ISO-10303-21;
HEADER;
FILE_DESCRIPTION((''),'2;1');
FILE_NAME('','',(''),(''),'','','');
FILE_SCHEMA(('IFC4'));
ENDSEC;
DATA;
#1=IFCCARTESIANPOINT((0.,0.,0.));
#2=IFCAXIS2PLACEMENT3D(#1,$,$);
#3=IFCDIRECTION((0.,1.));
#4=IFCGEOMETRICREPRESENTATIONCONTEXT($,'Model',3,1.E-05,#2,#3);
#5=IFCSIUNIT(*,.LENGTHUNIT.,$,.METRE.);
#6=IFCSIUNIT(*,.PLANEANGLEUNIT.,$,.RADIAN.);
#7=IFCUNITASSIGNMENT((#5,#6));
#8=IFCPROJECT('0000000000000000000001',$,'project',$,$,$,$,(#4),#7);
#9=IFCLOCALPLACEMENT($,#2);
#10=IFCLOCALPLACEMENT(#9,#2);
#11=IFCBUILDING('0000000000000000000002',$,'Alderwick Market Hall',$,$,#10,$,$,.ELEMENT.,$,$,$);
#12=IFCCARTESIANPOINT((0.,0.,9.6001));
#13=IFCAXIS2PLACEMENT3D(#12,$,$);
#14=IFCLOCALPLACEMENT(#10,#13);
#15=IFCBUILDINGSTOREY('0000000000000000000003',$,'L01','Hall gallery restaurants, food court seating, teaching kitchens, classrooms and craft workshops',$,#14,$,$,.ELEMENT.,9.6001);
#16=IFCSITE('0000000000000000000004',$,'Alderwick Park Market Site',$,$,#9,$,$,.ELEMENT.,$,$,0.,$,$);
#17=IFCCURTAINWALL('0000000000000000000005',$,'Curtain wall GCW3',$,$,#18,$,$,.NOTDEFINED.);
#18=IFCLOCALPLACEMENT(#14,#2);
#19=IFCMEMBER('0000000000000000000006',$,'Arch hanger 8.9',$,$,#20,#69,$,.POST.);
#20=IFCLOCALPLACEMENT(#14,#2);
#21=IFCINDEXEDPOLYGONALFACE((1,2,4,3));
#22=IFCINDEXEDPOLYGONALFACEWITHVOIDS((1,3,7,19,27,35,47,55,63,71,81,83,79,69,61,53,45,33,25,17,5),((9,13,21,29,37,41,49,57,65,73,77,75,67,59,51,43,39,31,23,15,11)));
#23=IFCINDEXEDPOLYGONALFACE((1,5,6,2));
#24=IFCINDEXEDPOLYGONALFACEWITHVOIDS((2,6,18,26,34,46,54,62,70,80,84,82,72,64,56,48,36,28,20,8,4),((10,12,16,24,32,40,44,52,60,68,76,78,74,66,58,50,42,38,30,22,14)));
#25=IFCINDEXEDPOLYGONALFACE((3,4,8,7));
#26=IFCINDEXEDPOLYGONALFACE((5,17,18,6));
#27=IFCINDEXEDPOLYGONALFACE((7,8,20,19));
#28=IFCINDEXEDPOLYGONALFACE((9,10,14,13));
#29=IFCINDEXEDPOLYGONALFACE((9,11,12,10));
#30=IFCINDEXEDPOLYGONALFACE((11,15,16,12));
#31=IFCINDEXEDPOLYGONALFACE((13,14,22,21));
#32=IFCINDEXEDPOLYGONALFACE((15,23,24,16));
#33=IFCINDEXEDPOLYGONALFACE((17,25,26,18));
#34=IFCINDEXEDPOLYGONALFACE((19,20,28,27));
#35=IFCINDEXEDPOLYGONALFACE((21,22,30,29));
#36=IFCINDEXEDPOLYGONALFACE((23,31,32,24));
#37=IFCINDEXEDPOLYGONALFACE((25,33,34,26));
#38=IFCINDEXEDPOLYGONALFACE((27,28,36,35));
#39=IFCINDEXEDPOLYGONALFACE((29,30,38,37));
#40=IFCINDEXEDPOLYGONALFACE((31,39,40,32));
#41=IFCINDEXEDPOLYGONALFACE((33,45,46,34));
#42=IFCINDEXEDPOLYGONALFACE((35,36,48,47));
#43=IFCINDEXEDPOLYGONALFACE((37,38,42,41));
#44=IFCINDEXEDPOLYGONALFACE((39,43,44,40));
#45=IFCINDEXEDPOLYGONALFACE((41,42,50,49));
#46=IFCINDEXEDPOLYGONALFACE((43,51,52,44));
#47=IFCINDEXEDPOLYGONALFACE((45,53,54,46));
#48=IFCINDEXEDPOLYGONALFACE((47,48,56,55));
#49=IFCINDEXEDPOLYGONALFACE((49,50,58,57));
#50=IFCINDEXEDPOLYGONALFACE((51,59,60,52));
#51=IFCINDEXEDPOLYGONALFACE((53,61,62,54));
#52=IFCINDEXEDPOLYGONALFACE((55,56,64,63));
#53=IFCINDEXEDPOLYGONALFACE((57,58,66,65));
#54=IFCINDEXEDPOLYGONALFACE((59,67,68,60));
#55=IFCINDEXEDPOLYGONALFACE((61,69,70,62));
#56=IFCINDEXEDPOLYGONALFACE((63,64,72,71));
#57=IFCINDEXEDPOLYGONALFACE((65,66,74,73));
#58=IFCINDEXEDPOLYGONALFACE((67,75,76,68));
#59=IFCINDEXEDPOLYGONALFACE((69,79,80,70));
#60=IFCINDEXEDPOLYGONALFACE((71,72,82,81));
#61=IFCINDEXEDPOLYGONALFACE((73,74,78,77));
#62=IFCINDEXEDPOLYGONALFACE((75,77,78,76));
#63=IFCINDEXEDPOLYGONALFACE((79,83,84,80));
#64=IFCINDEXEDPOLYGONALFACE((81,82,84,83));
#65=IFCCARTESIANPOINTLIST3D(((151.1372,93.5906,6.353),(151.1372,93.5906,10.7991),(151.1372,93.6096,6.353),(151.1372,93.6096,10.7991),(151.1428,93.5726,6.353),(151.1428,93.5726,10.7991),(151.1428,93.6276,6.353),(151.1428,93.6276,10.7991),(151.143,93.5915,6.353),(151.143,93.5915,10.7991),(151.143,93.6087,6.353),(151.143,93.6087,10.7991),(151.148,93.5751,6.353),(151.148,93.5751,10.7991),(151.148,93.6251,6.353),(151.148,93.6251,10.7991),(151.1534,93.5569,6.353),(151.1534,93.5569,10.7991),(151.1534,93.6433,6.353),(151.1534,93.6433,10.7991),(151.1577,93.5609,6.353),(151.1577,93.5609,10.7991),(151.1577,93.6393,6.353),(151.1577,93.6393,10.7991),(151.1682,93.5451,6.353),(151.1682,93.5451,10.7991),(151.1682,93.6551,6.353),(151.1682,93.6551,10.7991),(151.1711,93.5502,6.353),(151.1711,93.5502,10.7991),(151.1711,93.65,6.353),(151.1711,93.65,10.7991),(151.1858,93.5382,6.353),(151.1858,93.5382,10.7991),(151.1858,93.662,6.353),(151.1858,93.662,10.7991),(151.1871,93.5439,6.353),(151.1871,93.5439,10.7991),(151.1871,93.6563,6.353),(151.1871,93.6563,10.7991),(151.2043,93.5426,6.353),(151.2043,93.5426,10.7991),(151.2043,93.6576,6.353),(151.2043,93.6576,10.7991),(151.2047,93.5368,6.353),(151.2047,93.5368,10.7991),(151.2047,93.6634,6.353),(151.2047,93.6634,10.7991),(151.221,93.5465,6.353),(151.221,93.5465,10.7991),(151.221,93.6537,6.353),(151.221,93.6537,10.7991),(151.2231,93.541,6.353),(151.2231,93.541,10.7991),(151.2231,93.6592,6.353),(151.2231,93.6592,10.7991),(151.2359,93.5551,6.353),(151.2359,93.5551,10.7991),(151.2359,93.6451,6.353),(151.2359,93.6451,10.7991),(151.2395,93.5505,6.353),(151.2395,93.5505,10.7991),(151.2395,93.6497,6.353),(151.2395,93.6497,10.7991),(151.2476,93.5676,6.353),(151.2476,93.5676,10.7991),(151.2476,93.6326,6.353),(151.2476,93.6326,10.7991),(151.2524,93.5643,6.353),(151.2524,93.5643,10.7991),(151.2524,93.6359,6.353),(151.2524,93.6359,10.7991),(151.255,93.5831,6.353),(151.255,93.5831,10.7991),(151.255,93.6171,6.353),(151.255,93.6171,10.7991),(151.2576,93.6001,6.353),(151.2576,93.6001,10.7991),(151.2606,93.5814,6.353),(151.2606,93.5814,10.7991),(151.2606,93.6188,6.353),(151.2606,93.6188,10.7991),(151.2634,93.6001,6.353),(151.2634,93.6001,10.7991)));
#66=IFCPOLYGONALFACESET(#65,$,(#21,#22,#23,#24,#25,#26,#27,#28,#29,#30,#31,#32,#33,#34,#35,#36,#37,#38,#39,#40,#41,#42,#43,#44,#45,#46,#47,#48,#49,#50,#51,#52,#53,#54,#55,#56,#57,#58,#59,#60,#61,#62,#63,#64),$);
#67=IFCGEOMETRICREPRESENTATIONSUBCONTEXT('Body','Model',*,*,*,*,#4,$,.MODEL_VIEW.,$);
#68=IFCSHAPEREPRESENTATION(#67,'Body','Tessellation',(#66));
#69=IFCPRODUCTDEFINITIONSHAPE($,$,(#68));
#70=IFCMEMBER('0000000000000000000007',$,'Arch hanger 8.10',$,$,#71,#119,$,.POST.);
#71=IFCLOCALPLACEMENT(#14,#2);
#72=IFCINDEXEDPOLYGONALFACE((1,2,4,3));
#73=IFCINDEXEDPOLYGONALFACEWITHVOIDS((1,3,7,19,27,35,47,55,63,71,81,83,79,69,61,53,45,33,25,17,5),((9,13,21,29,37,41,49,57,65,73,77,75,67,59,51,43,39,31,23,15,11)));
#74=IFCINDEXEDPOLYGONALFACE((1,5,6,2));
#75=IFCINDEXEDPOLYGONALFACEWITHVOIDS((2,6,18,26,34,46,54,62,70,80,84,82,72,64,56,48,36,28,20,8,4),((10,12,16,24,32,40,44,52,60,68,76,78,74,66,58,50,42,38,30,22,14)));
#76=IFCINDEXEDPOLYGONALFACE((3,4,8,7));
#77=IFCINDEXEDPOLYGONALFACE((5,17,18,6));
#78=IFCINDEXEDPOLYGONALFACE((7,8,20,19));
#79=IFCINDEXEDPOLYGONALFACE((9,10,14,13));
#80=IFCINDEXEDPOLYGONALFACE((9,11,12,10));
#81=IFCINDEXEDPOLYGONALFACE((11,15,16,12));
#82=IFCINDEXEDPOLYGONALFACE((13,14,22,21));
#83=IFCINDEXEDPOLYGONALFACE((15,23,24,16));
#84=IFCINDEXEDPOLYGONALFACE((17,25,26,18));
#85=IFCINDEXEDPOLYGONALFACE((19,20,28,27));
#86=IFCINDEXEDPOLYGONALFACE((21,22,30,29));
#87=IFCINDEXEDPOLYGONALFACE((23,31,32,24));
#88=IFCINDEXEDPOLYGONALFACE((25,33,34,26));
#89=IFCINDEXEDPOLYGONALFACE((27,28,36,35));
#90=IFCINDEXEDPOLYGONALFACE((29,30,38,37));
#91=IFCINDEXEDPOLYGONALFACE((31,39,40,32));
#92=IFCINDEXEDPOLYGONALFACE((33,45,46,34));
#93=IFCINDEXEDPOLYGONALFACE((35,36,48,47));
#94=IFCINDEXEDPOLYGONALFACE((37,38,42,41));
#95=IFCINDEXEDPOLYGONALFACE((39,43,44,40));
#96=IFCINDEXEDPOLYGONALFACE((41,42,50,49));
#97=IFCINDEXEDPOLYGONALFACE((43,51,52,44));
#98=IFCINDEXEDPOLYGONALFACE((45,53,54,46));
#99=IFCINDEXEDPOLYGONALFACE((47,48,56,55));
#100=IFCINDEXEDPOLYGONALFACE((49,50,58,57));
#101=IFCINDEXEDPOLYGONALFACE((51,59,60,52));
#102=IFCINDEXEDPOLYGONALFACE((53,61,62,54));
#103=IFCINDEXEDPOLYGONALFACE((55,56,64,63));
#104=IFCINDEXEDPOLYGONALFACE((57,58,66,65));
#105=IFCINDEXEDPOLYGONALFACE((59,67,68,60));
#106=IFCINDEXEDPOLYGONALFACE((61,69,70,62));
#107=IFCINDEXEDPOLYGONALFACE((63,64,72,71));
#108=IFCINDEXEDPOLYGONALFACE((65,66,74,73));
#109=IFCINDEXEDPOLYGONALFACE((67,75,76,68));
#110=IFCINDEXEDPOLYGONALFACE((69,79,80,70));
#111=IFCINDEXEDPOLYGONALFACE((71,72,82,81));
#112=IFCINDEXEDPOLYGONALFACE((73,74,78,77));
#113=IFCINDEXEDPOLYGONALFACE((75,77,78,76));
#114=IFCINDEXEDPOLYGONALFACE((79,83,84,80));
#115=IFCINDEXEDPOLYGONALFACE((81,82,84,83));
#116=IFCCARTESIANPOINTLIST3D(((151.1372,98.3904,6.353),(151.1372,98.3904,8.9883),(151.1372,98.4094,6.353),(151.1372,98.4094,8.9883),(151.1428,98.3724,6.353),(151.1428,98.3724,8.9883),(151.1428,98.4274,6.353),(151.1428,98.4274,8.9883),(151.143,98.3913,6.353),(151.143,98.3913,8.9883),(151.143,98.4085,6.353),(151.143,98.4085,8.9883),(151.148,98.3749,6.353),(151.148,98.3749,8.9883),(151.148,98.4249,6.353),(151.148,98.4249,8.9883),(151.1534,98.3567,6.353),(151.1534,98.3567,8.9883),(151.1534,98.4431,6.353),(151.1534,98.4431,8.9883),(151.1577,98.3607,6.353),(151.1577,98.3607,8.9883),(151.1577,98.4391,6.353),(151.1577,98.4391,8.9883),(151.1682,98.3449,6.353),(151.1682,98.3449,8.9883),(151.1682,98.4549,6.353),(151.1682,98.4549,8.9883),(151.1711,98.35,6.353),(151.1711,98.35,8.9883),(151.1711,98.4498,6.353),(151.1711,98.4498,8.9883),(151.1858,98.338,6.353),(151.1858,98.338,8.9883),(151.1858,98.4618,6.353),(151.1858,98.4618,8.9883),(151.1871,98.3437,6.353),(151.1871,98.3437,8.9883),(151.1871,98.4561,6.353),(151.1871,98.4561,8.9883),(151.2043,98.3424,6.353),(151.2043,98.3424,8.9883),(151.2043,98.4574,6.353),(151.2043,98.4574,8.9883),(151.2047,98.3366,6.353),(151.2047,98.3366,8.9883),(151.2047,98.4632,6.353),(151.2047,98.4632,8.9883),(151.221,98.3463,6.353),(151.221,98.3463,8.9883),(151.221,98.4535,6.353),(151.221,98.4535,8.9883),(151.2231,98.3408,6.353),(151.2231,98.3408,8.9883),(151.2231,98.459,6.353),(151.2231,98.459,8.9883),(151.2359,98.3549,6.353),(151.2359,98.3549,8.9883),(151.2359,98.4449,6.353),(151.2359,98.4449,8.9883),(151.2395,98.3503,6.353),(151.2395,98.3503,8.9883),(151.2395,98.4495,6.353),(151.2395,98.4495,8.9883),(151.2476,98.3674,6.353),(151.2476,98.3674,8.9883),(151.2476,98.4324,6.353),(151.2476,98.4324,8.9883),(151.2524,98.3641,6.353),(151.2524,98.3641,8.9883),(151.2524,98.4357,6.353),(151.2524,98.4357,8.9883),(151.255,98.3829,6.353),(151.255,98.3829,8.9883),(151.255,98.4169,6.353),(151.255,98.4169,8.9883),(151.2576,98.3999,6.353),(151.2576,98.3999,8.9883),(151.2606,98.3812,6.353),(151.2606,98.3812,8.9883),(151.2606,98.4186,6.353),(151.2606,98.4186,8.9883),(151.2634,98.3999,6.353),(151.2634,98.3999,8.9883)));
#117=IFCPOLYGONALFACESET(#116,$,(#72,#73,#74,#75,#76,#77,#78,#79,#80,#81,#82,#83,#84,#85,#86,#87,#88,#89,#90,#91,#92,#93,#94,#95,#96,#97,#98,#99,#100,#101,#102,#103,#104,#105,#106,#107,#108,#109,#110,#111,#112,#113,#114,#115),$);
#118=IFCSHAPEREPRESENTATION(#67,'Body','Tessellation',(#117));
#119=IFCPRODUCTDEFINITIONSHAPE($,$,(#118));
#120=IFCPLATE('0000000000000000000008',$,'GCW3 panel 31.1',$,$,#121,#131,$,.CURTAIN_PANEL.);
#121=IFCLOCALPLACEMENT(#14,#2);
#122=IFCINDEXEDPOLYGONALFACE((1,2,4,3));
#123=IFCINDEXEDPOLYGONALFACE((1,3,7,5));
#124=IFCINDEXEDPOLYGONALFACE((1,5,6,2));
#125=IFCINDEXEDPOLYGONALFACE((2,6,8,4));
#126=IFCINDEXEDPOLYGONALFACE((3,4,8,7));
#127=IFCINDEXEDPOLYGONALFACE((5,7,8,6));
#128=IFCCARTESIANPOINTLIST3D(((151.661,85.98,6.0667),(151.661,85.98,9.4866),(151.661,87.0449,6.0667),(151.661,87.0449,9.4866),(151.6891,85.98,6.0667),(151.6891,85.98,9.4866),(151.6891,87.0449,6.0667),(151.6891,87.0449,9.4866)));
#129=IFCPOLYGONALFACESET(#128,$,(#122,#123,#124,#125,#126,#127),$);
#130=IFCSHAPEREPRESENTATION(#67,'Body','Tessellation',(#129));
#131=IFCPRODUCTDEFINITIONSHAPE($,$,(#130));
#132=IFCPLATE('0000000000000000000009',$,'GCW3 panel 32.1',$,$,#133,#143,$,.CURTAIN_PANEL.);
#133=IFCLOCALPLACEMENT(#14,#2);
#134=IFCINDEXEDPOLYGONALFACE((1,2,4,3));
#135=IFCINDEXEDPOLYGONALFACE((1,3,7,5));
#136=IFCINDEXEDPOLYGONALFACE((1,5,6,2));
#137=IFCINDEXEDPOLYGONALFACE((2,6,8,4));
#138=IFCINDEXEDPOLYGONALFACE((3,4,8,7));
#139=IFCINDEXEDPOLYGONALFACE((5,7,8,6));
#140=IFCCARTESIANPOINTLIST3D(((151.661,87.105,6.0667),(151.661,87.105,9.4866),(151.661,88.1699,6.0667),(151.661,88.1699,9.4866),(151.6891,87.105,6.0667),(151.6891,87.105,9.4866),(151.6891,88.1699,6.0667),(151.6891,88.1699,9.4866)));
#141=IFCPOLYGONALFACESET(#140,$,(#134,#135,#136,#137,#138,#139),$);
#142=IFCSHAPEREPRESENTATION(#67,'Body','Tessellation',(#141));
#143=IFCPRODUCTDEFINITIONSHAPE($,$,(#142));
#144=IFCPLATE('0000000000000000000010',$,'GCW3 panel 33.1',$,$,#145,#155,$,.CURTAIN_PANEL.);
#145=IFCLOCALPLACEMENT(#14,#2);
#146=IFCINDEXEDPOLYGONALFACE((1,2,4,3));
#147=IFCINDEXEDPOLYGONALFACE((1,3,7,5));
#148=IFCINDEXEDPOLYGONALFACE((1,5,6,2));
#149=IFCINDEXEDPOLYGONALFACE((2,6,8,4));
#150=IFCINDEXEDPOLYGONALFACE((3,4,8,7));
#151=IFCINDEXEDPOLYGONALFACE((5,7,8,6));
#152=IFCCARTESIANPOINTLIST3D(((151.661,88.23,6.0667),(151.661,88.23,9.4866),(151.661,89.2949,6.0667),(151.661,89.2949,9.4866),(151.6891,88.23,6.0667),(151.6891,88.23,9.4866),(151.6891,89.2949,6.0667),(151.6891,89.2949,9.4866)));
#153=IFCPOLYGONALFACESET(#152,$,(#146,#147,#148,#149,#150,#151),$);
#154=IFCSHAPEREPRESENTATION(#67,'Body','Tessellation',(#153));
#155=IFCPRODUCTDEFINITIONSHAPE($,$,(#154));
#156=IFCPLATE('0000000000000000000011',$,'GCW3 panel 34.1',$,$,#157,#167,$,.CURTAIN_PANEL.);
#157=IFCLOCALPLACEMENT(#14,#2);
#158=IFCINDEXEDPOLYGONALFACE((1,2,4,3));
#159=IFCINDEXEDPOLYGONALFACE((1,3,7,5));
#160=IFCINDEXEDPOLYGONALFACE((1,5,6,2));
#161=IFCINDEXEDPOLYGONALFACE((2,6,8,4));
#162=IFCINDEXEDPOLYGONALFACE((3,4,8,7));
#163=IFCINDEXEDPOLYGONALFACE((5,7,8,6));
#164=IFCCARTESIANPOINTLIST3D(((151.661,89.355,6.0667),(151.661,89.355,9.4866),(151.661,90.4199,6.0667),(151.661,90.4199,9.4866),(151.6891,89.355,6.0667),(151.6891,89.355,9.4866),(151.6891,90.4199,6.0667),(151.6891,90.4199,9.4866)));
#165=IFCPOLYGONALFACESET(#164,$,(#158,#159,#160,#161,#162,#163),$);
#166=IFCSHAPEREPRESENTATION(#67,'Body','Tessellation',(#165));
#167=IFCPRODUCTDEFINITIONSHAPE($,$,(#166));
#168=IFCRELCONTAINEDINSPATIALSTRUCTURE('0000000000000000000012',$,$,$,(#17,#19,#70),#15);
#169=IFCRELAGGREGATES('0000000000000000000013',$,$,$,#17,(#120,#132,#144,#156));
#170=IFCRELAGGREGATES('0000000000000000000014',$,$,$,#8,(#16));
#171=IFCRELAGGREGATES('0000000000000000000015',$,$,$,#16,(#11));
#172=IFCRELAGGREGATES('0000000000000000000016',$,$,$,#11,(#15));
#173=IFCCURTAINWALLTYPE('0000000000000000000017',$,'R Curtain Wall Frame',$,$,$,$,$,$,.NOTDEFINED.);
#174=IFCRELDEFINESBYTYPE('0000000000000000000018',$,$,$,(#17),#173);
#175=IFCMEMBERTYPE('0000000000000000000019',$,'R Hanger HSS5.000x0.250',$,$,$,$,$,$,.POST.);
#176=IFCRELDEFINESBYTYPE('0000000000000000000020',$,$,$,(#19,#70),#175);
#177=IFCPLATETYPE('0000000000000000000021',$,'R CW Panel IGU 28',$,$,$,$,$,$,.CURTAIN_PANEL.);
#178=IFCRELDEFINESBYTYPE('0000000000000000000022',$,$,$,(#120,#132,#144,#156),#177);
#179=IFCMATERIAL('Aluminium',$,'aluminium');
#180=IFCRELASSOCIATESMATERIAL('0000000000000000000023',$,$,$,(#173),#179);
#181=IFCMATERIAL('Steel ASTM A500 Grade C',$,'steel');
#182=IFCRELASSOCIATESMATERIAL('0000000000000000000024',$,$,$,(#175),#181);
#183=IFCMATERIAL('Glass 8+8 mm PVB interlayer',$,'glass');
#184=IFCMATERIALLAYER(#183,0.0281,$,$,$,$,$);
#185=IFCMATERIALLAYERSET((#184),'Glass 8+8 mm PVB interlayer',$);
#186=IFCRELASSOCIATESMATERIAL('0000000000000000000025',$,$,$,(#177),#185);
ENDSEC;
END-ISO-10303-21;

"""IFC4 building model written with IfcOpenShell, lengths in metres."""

from ifc_helpers import new_model, si_unit, direction, frame, origin, origin_2d, place, context, subcontext, project, spatial, rectangle, hollow_circle, extrude, material, layer, layer_set, material_profile, profile_set, type_object, element, aggregate, save


model = new_model("IFC4")

# Units and contexts
model_context = context("Model", 3, precision=1e-05, world=origin(), true_north=direction((0.0, 1.0)))
body_context = subcontext(model_context, "Body", "Model", "MODEL_VIEW")
ifc_project = project(units=[si_unit("LENGTHUNIT", "METRE"), si_unit("PLANEANGLEUNIT", "RADIAN")], contexts=[model_context])

# Site, building, storey
site_placement = place(None, origin())
site = spatial("IfcSite", under=ifc_project, at=site_placement, Name="Alderwick Park Market Site", CompositionType="ELEMENT", RefElevation=0.0)
building_placement = place(site_placement, origin())
building = spatial("IfcBuilding", under=site, at=building_placement, Name="Alderwick Market Hall", CompositionType="ELEMENT")
storey_placement = place(building_placement, frame((0.0, 0.0, 9.6001)))
storey = spatial("IfcBuildingStorey", under=building, at=storey_placement, Name="L01", Description="Hall gallery restaurants, food court seating, teaching kitchens, classrooms and craft workshops", CompositionType="ELEMENT", Elevation=9.6001)

# Shared definitions
ifc_material_1 = material(Name="Aluminium", Category="aluminium")
curtain_wall_type = type_object("IfcCurtainWallType", Name="R Curtain Wall Frame", PredefinedType="NOTDEFINED", material=ifc_material_1)

# Curtain wall
curtain_wall_1_placement = place(storey_placement, origin())
curtain_wall_1 = element("IfcCurtainWall", 1, at=curtain_wall_1_placement, inside=storey, type_object=curtain_wall_type, Name="Curtain wall GCW3", PredefinedType="NOTDEFINED")

# Members
ifc_material_2 = material(Name="Steel ASTM A500 Grade C", Category="steel")
ifc_material_profile_1 = material_profile(ifc_material_2, hollow_circle(Radius=0.0635, WallThickness=0.0059, at=origin_2d()), Name="HSS5.000x0.250")
ifc_profile_set_1 = profile_set([ifc_material_profile_1], Name="Steel ASTM A500 Grade C")
member_type_1 = type_object("IfcMemberType", Name="R Hanger HSS5.000x0.250", PredefinedType="POST", material=ifc_profile_set_1)
member_1_placement = place(storey_placement, frame((151.2, 93.6001, 6.353), z_axis=(0.0, 0.0, 1.0), x_axis=(1.0, 0.0, 0.0)))
element("IfcMember", 2, at=member_1_placement, inside=storey, type_object=member_type_1, Name="Arch hanger 8.9", PredefinedType="POST", context=body_context, shape_type="SweptSolid", body=[
    extrude(hollow_circle(Radius=0.0635, WallThickness=0.0059, at=origin_2d()), origin(), (0.0, 0.0, 1.0), 4.446),
])
member_2_placement = place(storey_placement, frame((151.2, 98.3999, 6.353), z_axis=(0.0, 0.0, 1.0), x_axis=(1.0, 0.0, 0.0)))
element("IfcMember", 3, at=member_2_placement, inside=storey, type_object=member_type_1, Name="Arch hanger 8.10", PredefinedType="POST", context=body_context, shape_type="SweptSolid", body=[
    extrude(hollow_circle(Radius=0.0635, WallThickness=0.0059, at=origin_2d()), origin(), (0.0, 0.0, 1.0), 2.6353),
])

# Plates
ifc_material_3 = material(Name="Glass 8+8 mm PVB interlayer", Category="glass")
ifc_layer_1 = layer(ifc_material_3, 0.0281)
ifc_layer_set_1 = layer_set([ifc_layer_1], Name="Glass 8+8 mm PVB interlayer")
plate_type = type_object("IfcPlateType", Name="R CW Panel IGU 28", PredefinedType="CURTAIN_PANEL", material=ifc_layer_set_1)
plate_1_placement = place(storey_placement, frame((151.675, 86.5125, 6.0667), z_axis=(0.0, 0.0, 1.0), x_axis=(1.0, 0.0, 0.0)))
plate_1 = element("IfcPlate", 4, at=plate_1_placement, type_object=plate_type, Name="GCW3 panel 31.1", PredefinedType="CURTAIN_PANEL", context=body_context, shape_type="SweptSolid", body=[
    extrude(rectangle(XDim=0.0281, YDim=1.0649, at=origin_2d()), origin(), (0.0, 0.0, 1.0), 3.4199),
])
plate_2_placement = place(storey_placement, frame((151.675, 87.6375, 6.0667), z_axis=(0.0, 0.0, 1.0), x_axis=(1.0, 0.0, 0.0)))
plate_2 = element("IfcPlate", 5, at=plate_2_placement, type_object=plate_type, Name="GCW3 panel 32.1", PredefinedType="CURTAIN_PANEL", context=body_context, shape_type="SweptSolid", body=[
    extrude(rectangle(XDim=0.0281, YDim=1.0649, at=origin_2d()), origin(), (0.0, 0.0, 1.0), 3.4199),
])
plate_3_placement = place(storey_placement, frame((151.675, 88.7625, 6.0667), z_axis=(0.0, 0.0, 1.0), x_axis=(1.0, 0.0, 0.0)))
plate_3 = element("IfcPlate", 6, at=plate_3_placement, type_object=plate_type, Name="GCW3 panel 33.1", PredefinedType="CURTAIN_PANEL", context=body_context, shape_type="SweptSolid", body=[
    extrude(rectangle(XDim=0.0281, YDim=1.0649, at=origin_2d()), origin(), (0.0, 0.0, 1.0), 3.4199),
])
plate_4_placement = place(storey_placement, frame((151.675, 89.8875, 6.0667), z_axis=(0.0, 0.0, 1.0), x_axis=(1.0, 0.0, 0.0)))
plate_4 = element("IfcPlate", 7, at=plate_4_placement, type_object=plate_type, Name="GCW3 panel 34.1", PredefinedType="CURTAIN_PANEL", context=body_context, shape_type="SweptSolid", body=[
    extrude(rectangle(XDim=0.0281, YDim=1.0649, at=origin_2d()), origin(), (0.0, 0.0, 1.0), 3.4199),
])
aggregate(curtain_wall_1, [plate_1, plate_2, plate_3, plate_4])

save(model, "model.ifc")
